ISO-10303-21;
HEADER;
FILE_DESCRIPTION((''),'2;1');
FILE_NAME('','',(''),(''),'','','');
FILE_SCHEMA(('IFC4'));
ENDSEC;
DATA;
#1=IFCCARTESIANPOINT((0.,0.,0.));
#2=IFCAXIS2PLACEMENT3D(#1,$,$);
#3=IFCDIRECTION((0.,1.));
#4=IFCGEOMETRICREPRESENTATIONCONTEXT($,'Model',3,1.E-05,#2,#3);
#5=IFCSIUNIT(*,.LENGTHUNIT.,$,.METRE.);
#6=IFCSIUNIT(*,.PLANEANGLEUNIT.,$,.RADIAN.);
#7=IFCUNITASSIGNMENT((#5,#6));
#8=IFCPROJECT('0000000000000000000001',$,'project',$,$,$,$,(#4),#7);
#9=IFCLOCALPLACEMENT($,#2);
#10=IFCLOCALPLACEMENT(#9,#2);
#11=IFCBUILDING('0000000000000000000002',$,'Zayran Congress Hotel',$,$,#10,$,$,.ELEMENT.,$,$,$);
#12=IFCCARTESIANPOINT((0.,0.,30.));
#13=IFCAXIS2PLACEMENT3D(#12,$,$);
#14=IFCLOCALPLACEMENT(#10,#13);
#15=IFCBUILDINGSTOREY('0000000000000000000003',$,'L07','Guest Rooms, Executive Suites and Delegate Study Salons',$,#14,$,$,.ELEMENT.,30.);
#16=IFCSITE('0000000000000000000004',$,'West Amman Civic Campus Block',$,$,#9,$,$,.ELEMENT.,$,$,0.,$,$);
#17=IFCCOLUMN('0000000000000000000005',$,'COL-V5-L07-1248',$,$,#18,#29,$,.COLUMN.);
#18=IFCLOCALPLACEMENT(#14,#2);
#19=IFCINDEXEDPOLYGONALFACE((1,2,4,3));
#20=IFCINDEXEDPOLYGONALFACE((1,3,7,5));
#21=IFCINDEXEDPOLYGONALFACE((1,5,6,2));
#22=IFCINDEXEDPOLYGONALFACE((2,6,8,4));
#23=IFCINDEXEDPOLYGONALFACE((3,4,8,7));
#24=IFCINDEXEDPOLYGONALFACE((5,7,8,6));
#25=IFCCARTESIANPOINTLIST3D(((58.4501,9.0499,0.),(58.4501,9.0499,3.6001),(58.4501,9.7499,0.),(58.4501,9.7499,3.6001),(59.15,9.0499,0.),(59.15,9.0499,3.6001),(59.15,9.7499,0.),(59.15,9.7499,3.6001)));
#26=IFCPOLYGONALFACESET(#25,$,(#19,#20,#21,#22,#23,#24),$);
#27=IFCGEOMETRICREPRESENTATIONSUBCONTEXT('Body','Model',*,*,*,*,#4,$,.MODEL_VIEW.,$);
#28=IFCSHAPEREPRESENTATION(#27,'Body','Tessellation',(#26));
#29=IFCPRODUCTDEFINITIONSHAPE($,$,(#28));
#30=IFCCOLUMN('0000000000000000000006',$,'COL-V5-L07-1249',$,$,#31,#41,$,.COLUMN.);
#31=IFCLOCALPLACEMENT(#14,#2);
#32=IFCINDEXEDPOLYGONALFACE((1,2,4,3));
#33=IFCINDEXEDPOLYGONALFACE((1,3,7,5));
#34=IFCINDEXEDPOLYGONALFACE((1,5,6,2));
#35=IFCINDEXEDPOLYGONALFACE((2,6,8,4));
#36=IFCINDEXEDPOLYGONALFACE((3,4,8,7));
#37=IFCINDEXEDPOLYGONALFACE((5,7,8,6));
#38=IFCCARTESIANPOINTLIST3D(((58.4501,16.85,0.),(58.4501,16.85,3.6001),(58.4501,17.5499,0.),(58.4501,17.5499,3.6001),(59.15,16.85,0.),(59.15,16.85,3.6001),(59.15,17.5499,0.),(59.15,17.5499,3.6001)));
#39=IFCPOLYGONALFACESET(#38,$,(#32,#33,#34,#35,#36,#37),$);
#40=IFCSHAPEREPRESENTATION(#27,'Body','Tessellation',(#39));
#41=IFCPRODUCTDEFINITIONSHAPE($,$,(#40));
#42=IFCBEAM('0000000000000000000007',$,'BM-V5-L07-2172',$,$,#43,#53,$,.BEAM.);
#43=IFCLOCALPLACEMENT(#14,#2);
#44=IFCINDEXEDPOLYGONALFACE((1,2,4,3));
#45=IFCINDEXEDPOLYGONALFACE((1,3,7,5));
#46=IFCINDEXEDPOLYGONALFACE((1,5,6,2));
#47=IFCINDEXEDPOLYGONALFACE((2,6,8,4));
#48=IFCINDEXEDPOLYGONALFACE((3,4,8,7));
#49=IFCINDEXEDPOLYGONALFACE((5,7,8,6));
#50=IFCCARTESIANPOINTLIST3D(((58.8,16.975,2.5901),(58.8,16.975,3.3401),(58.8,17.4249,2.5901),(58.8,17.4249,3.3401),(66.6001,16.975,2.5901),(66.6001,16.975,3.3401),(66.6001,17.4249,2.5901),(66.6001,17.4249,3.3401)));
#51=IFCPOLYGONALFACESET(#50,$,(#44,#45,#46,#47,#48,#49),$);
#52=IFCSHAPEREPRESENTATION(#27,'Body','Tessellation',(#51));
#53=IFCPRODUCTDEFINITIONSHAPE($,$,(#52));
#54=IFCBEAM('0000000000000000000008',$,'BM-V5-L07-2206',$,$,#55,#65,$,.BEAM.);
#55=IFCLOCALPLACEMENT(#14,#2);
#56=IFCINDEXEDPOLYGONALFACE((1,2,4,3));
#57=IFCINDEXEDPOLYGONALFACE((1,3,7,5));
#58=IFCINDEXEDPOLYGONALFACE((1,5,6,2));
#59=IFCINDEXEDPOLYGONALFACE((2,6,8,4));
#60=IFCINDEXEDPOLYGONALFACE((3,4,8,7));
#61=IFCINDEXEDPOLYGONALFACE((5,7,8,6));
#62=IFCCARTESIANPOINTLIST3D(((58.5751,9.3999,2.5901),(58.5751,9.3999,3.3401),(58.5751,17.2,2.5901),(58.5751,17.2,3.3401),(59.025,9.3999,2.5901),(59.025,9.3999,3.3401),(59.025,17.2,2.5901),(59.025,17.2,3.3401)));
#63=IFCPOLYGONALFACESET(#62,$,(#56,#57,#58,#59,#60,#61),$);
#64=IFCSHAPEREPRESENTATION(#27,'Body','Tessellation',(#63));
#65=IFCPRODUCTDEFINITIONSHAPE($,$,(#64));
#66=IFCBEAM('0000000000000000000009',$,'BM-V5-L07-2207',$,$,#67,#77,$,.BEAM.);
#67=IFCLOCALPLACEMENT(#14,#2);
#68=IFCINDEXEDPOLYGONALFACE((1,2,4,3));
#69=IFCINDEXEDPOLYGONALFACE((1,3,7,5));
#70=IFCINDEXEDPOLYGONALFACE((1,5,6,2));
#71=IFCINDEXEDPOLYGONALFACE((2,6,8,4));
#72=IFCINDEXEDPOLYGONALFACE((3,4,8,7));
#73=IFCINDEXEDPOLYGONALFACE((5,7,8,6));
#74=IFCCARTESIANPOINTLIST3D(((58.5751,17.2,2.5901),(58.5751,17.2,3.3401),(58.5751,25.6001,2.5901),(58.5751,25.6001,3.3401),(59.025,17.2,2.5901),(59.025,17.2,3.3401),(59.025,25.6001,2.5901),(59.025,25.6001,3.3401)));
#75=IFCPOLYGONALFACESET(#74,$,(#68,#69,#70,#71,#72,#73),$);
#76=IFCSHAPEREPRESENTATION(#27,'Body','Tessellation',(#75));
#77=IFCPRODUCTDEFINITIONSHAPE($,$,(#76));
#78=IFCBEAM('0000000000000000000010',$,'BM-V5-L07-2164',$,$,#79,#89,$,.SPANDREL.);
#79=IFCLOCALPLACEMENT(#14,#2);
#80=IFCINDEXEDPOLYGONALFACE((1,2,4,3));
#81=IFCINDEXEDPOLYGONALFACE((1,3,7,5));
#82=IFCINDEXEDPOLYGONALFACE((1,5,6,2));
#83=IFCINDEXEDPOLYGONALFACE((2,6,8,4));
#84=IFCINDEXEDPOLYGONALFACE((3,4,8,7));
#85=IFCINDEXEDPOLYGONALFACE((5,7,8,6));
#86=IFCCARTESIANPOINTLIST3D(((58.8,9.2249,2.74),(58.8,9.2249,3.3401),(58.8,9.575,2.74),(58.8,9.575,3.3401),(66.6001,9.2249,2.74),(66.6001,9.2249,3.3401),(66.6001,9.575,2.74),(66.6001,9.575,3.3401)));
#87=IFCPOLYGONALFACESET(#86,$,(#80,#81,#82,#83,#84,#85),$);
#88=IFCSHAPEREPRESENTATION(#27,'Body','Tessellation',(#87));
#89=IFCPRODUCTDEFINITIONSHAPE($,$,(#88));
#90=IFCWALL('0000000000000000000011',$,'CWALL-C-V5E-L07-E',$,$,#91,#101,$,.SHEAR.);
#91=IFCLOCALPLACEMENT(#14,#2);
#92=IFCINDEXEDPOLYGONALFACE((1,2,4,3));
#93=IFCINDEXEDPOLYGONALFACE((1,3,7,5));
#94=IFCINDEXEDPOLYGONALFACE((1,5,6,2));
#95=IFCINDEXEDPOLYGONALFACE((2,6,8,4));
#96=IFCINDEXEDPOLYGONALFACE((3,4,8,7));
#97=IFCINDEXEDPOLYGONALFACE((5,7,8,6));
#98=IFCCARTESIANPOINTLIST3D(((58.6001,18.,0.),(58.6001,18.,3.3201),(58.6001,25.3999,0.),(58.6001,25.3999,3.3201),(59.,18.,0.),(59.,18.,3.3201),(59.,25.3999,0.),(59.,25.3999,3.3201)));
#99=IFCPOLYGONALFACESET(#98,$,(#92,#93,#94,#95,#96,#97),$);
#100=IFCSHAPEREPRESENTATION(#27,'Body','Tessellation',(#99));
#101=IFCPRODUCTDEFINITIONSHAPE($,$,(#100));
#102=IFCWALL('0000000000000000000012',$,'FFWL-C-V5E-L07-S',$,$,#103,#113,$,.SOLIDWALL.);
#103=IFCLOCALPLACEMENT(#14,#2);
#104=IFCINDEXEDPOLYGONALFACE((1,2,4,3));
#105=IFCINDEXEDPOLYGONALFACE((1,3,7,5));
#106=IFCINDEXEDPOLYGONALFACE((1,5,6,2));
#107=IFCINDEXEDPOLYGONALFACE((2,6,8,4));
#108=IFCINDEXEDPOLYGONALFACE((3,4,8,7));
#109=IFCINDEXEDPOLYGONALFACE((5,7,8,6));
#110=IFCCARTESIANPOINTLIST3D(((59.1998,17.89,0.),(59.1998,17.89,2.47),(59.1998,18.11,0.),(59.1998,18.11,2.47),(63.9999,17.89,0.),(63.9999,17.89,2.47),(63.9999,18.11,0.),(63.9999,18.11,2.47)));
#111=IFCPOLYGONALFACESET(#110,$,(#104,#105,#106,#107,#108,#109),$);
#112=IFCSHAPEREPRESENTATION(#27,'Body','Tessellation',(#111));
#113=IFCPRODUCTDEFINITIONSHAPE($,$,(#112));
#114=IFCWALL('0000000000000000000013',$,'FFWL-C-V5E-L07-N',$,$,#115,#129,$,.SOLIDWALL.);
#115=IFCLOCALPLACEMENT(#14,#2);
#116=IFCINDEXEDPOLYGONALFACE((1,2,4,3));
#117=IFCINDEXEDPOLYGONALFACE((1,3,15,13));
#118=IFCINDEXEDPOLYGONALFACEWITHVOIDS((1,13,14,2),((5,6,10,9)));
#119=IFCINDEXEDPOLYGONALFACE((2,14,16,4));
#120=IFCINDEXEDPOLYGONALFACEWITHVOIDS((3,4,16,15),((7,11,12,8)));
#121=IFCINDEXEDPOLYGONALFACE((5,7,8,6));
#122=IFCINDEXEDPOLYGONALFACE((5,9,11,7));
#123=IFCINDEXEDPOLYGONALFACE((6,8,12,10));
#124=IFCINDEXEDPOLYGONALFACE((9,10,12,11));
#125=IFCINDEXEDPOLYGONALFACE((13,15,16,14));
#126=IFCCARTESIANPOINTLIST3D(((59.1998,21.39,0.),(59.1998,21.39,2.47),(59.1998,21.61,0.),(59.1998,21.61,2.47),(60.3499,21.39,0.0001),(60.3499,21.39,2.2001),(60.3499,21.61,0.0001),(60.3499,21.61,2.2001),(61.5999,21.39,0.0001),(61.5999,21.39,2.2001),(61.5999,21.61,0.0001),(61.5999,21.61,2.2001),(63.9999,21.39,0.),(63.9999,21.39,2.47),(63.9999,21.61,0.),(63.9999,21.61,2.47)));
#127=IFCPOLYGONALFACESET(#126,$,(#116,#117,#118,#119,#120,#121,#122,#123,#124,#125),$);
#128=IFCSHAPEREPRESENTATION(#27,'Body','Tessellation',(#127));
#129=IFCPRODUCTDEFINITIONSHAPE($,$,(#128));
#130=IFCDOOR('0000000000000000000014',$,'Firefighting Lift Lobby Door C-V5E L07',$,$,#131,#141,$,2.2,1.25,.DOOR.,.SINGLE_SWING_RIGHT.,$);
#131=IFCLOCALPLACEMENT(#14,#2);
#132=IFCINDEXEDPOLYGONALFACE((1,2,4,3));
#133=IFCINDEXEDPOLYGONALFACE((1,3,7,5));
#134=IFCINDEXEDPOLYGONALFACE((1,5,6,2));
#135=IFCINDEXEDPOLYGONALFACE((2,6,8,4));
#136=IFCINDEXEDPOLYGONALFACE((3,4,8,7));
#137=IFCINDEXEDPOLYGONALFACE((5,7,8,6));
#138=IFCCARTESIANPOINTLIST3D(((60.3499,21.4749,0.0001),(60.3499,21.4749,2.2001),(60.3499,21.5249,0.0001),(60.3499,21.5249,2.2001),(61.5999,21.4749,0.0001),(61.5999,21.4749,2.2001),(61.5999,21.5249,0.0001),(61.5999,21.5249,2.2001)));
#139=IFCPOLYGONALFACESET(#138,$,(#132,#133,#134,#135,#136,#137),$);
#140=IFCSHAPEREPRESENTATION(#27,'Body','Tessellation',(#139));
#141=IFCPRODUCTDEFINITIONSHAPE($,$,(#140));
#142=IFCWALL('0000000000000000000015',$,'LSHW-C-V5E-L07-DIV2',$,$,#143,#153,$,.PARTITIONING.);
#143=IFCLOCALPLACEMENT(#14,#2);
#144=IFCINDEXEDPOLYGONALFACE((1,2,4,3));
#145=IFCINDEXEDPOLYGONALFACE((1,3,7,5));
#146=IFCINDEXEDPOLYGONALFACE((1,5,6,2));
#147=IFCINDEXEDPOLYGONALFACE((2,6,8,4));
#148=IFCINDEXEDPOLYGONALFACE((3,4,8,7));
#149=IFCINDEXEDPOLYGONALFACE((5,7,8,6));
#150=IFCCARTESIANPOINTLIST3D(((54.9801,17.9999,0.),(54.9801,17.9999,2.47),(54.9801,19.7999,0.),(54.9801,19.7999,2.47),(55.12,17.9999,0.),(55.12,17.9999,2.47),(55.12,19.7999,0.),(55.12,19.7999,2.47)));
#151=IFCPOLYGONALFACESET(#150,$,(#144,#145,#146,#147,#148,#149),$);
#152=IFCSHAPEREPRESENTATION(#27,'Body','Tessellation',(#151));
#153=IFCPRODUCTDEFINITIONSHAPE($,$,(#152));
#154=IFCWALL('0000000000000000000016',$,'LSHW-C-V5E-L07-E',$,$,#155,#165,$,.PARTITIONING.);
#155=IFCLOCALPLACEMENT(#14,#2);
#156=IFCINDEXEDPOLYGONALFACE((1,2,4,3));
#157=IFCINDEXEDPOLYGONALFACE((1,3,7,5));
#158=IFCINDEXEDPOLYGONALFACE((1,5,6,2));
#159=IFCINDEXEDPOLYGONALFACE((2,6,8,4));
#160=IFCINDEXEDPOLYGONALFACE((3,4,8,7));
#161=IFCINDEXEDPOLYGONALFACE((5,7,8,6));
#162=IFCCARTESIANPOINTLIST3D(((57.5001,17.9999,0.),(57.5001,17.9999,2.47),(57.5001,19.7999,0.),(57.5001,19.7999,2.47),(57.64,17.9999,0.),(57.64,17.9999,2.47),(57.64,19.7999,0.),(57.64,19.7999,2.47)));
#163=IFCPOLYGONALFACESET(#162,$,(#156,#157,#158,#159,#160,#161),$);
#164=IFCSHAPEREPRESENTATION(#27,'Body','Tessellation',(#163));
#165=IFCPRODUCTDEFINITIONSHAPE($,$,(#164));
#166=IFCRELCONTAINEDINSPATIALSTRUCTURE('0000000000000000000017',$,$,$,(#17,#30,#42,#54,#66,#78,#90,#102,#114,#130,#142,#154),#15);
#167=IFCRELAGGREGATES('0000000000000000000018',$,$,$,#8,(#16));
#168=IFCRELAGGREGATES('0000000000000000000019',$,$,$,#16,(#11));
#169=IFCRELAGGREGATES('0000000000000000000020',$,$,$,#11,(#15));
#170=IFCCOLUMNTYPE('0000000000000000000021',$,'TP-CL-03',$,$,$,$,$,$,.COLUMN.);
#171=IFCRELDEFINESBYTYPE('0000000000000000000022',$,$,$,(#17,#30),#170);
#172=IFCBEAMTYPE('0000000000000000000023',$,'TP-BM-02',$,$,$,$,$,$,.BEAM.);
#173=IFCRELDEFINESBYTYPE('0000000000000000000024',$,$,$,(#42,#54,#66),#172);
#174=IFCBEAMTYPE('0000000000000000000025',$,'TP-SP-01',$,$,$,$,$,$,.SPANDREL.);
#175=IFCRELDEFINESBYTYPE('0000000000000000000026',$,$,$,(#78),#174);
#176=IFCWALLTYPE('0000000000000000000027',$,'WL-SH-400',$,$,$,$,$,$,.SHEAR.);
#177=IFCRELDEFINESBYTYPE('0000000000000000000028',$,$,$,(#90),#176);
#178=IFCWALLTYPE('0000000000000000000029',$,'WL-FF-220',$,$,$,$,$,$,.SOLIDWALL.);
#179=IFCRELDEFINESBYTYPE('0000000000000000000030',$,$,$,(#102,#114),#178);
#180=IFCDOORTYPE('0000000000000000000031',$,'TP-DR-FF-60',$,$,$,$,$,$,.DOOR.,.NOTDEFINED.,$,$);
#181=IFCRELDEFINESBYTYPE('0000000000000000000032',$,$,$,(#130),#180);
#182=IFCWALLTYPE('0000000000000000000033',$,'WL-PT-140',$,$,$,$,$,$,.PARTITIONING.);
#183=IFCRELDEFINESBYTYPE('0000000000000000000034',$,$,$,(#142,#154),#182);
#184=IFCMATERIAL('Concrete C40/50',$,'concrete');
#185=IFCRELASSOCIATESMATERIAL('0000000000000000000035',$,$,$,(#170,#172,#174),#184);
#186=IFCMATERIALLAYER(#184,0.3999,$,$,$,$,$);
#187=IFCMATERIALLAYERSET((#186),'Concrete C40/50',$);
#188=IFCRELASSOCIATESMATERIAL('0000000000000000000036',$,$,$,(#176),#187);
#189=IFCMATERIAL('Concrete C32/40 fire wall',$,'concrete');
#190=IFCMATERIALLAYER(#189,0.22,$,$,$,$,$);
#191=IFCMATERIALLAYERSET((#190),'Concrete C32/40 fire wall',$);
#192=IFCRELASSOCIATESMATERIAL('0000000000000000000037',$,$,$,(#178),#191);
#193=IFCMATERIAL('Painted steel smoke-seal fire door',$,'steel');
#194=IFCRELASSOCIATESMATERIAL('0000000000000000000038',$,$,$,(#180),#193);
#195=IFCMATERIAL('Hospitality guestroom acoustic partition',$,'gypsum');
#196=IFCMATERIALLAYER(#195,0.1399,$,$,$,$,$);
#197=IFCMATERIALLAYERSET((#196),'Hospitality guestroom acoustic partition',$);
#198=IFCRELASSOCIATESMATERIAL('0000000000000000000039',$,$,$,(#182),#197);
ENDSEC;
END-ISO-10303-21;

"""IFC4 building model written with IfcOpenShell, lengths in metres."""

from ifc_helpers import new_model, si_unit, direction, frame, frame_2d, origin, origin_2d, place, context, subcontext, project, spatial, rectangle, extrude, material, layer, layer_set, material_profile, profile_set, type_object, element, fill, save


model = new_model("IFC4")

# Units and contexts
model_context = context("Model", 3, precision=1e-05, world=origin(), true_north=direction((0.0, 1.0)))
body_context = subcontext(model_context, "Body", "Model", "MODEL_VIEW")
ifc_project = project(units=[si_unit("LENGTHUNIT", "METRE"), si_unit("PLANEANGLEUNIT", "RADIAN")], contexts=[model_context])

# Site, building, storey
site_placement = place(None, origin())
site = spatial("IfcSite", under=ifc_project, at=site_placement, Name="West Amman Civic Campus Block", CompositionType="ELEMENT", RefElevation=0.0)
building_placement = place(site_placement, origin())
building = spatial("IfcBuilding", under=site, at=building_placement, Name="Zayran Congress Hotel", CompositionType="ELEMENT")
storey_placement = place(building_placement, frame((0.0, 0.0, 30.0)))
storey = spatial("IfcBuildingStorey", under=building, at=storey_placement, Name="L07", Description="Guest Rooms, Executive Suites and Delegate Study Salons", CompositionType="ELEMENT", Elevation=30.0)

# Columns
ifc_material_1 = material(Name="Concrete C40/50", Category="concrete")
ifc_material_profile_1 = material_profile(ifc_material_1, rectangle(XDim=0.7, YDim=0.7, at=origin_2d()), Name="RC 700x700")
ifc_profile_set_1 = profile_set([ifc_material_profile_1], Name="Concrete C40/50")
column_type = type_object("IfcColumnType", Name="TP-CL-03", PredefinedType="COLUMN", material=ifc_profile_set_1)
for number, where, z_axis, x_axis, name in (
    (1, (58.8, 9.3999, 0.0), (0.0, 0.0, 1.0), (1.0, 0.0, 0.0), "COL-V5-L07-1248"),
    (2, (58.8, 17.2, 0.0), (0.0, 0.0, 1.0), (1.0, 0.0, 0.0), "COL-V5-L07-1249"),
):
    element("IfcColumn", number, at=place(storey_placement, frame(where, z_axis=z_axis, x_axis=x_axis)), inside=storey, type_object=column_type, Name=name, PredefinedType="COLUMN", context=body_context, shape_type="SweptSolid", body=[
        extrude(rectangle(XDim=0.7, YDim=0.7, at=origin_2d()), origin(), (0.0, 0.0, 1.0), 3.6001),
    ])

# Beams
ifc_material_profile_2 = material_profile(ifc_material_1, rectangle(XDim=0.45, YDim=0.75, at=origin_2d()), Name="RC 450x750")
ifc_profile_set_2 = profile_set([ifc_material_profile_2], Name="Concrete C40/50")
beam_type_1 = type_object("IfcBeamType", Name="TP-BM-02", PredefinedType="BEAM", material=ifc_profile_set_2)
for number, where, z_axis, x_axis, name in (
    (3, (58.8, 17.2, 2.9651), (1.0, 0.0, 0.0), (0.0, 1.0, 0.0), "BM-V5-L07-2172"),
    (4, (58.8, 9.3999, 2.9651), (0.0, 1.0, 0.0), (-1.0, 0.0, 0.0), "BM-V5-L07-2206"),
):
    element("IfcBeam", number, at=place(storey_placement, frame(where, z_axis=z_axis, x_axis=x_axis)), inside=storey, type_object=beam_type_1, Name=name, PredefinedType="BEAM", context=body_context, shape_type="SweptSolid", body=[
        extrude(rectangle(XDim=0.45, YDim=0.75, at=origin_2d()), origin(), (0.0, 0.0, 1.0), 7.8),
    ])
beam_1_placement = place(storey_placement, frame((58.8, 17.2, 2.9651), z_axis=(0.0, 1.0, 0.0), x_axis=(-1.0, 0.0, 0.0)))
element("IfcBeam", 5, at=beam_1_placement, inside=storey, type_object=beam_type_1, Name="BM-V5-L07-2207", PredefinedType="BEAM", context=body_context, shape_type="SweptSolid", body=[
    extrude(rectangle(XDim=0.45, YDim=0.75, at=origin_2d()), origin(), (0.0, 0.0, 1.0), 8.4001),
])
ifc_material_profile_3 = material_profile(ifc_material_1, rectangle(XDim=0.3501, YDim=0.6001, at=origin_2d()), Name="RC 350x600")
ifc_profile_set_3 = profile_set([ifc_material_profile_3], Name="Concrete C40/50")
beam_type_2 = type_object("IfcBeamType", Name="TP-SP-01", PredefinedType="SPANDREL", material=ifc_profile_set_3)
beam_2_placement = place(storey_placement, frame((58.8, 9.3999, 3.04), z_axis=(1.0, 0.0, 0.0), x_axis=(0.0, 1.0, 0.0)))
element("IfcBeam", 6, at=beam_2_placement, inside=storey, type_object=beam_type_2, Name="BM-V5-L07-2164", PredefinedType="SPANDREL", context=body_context, shape_type="SweptSolid", body=[
    extrude(rectangle(XDim=0.3501, YDim=0.6001, at=origin_2d()), origin(), (0.0, 0.0, 1.0), 7.8),
])

# Walls
ifc_layer_1 = layer(ifc_material_1, 0.3999)
ifc_layer_set_1 = layer_set([ifc_layer_1], Name="Concrete C40/50")
wall_type_1 = type_object("IfcWallType", Name="WL-SH-400", PredefinedType="SHEAR", material=ifc_layer_set_1)
wall_1_placement = place(storey_placement, frame((58.8, 18.0, 0.0), z_axis=(0.0, 0.0, 1.0), x_axis=(0.0, 1.0, 0.0)))
element("IfcWall", 7, at=wall_1_placement, inside=storey, type_object=wall_type_1, Name="CWALL-C-V5E-L07-E", PredefinedType="SHEAR", context=body_context, shape_type="SweptSolid", body=[
    extrude(rectangle(XDim=7.3999, YDim=0.3999, at=frame_2d((3.7, 0.0))), origin(), (0.0, 0.0, 1.0), 3.3201),
])
ifc_material_2 = material(Name="Concrete C32/40 fire wall", Category="concrete")
ifc_layer_2 = layer(ifc_material_2, 0.22)
ifc_layer_set_2 = layer_set([ifc_layer_2], Name="Concrete C32/40 fire wall")
wall_type_2 = type_object("IfcWallType", Name="WL-FF-220", PredefinedType="SOLIDWALL", material=ifc_layer_set_2)
wall_2_placement = place(storey_placement, frame((59.2, 18.0, 0.0), z_axis=(0.0, 0.0, 1.0), x_axis=(1.0, 0.0, 0.0)))
element("IfcWall", 8, at=wall_2_placement, inside=storey, type_object=wall_type_2, Name="FFWL-C-V5E-L07-S", PredefinedType="SOLIDWALL", context=body_context, shape_type="SweptSolid", body=[
    extrude(rectangle(XDim=4.8, YDim=0.22, at=frame_2d((2.3999, 0.0))), origin(), (0.0, 0.0, 1.0), 2.47),
])

# Wall, opening, door
wall_3_placement = place(storey_placement, frame((59.2, 21.5, 0.0), z_axis=(0.0, 0.0, 1.0), x_axis=(1.0, 0.0, 0.0)))
wall_3 = element("IfcWall", 9, at=wall_3_placement, inside=storey, type_object=wall_type_2, Name="FFWL-C-V5E-L07-N", PredefinedType="SOLIDWALL", context=body_context, shape_type="SweptSolid", body=[
    extrude(rectangle(XDim=4.8, YDim=0.22, at=frame_2d((2.3999, 0.0))), origin(), (0.0, 0.0, 1.0), 2.47),
])
opening_1_placement = place(wall_3_placement, frame((1.1499, 0.0, 0.0)))
opening_1 = element("IfcOpeningElement", 10, at=opening_1_placement, cuts=wall_3, PredefinedType="OPENING", context=body_context, shape_type="SweptSolid", body=[
    extrude(rectangle(XDim=1.25, YDim=2.2, at=frame_2d((0.625, 1.1001))), frame((0.0, 0.1199, 0.0), z_axis=(0.0, -1.0, 0.0), x_axis=(1.0, 0.0, 0.0)), (0.0, 0.0, 1.0), 0.24),
])
ifc_material_3 = material(Name="Painted steel smoke-seal fire door", Category="steel")
door_type_1 = type_object("IfcDoorType", Name="TP-DR-FF-60", OperationType="NOTDEFINED", PredefinedType="DOOR", material=ifc_material_3)
door_1_placement = place(opening_1_placement, origin())
door_1 = element("IfcDoor", 11, at=door_1_placement, inside=storey, type_object=door_type_1, Name="Firefighting Lift Lobby Door C-V5E L07", OperationType="SINGLE_SWING_RIGHT", OverallHeight=2.2, OverallWidth=1.25, PredefinedType="DOOR", context=body_context, shape_type="SweptSolid", body=[
    extrude(rectangle(XDim=1.25, YDim=2.2, at=frame_2d((0.625, 1.1001))), frame((0.0, 0.0249, 0.0), z_axis=(0.0, -1.0, 0.0), x_axis=(1.0, 0.0, 0.0)), (0.0, 0.0, 1.0), 0.05),
])
fill(opening_1, door_1)

# Walls
ifc_material_4 = material(Name="Hospitality guestroom acoustic partition", Category="gypsum")
ifc_layer_3 = layer(ifc_material_4, 0.1399)
ifc_layer_set_3 = layer_set([ifc_layer_3], Name="Hospitality guestroom acoustic partition")
wall_type_3 = type_object("IfcWallType", Name="WL-PT-140", PredefinedType="PARTITIONING", material=ifc_layer_set_3)
for number, where, z_axis, x_axis, name in (
    (12, (55.05, 18.0, 0.0), (0.0, 0.0, 1.0), (0.0, 1.0, 0.0), "LSHW-C-V5E-L07-DIV2"),
    (13, (57.5701, 18.0, 0.0), (0.0, 0.0, 1.0), (0.0, 1.0, 0.0), "LSHW-C-V5E-L07-E"),
):
    element("IfcWall", number, at=place(storey_placement, frame(where, z_axis=z_axis, x_axis=x_axis)), inside=storey, type_object=wall_type_3, Name=name, PredefinedType="PARTITIONING", context=body_context, shape_type="SweptSolid", body=[
        extrude(rectangle(XDim=1.8, YDim=0.1399, at=frame_2d((0.8999, 0.0))), origin(), (0.0, 0.0, 1.0), 2.47),
    ])

save(model, "model.ifc")
